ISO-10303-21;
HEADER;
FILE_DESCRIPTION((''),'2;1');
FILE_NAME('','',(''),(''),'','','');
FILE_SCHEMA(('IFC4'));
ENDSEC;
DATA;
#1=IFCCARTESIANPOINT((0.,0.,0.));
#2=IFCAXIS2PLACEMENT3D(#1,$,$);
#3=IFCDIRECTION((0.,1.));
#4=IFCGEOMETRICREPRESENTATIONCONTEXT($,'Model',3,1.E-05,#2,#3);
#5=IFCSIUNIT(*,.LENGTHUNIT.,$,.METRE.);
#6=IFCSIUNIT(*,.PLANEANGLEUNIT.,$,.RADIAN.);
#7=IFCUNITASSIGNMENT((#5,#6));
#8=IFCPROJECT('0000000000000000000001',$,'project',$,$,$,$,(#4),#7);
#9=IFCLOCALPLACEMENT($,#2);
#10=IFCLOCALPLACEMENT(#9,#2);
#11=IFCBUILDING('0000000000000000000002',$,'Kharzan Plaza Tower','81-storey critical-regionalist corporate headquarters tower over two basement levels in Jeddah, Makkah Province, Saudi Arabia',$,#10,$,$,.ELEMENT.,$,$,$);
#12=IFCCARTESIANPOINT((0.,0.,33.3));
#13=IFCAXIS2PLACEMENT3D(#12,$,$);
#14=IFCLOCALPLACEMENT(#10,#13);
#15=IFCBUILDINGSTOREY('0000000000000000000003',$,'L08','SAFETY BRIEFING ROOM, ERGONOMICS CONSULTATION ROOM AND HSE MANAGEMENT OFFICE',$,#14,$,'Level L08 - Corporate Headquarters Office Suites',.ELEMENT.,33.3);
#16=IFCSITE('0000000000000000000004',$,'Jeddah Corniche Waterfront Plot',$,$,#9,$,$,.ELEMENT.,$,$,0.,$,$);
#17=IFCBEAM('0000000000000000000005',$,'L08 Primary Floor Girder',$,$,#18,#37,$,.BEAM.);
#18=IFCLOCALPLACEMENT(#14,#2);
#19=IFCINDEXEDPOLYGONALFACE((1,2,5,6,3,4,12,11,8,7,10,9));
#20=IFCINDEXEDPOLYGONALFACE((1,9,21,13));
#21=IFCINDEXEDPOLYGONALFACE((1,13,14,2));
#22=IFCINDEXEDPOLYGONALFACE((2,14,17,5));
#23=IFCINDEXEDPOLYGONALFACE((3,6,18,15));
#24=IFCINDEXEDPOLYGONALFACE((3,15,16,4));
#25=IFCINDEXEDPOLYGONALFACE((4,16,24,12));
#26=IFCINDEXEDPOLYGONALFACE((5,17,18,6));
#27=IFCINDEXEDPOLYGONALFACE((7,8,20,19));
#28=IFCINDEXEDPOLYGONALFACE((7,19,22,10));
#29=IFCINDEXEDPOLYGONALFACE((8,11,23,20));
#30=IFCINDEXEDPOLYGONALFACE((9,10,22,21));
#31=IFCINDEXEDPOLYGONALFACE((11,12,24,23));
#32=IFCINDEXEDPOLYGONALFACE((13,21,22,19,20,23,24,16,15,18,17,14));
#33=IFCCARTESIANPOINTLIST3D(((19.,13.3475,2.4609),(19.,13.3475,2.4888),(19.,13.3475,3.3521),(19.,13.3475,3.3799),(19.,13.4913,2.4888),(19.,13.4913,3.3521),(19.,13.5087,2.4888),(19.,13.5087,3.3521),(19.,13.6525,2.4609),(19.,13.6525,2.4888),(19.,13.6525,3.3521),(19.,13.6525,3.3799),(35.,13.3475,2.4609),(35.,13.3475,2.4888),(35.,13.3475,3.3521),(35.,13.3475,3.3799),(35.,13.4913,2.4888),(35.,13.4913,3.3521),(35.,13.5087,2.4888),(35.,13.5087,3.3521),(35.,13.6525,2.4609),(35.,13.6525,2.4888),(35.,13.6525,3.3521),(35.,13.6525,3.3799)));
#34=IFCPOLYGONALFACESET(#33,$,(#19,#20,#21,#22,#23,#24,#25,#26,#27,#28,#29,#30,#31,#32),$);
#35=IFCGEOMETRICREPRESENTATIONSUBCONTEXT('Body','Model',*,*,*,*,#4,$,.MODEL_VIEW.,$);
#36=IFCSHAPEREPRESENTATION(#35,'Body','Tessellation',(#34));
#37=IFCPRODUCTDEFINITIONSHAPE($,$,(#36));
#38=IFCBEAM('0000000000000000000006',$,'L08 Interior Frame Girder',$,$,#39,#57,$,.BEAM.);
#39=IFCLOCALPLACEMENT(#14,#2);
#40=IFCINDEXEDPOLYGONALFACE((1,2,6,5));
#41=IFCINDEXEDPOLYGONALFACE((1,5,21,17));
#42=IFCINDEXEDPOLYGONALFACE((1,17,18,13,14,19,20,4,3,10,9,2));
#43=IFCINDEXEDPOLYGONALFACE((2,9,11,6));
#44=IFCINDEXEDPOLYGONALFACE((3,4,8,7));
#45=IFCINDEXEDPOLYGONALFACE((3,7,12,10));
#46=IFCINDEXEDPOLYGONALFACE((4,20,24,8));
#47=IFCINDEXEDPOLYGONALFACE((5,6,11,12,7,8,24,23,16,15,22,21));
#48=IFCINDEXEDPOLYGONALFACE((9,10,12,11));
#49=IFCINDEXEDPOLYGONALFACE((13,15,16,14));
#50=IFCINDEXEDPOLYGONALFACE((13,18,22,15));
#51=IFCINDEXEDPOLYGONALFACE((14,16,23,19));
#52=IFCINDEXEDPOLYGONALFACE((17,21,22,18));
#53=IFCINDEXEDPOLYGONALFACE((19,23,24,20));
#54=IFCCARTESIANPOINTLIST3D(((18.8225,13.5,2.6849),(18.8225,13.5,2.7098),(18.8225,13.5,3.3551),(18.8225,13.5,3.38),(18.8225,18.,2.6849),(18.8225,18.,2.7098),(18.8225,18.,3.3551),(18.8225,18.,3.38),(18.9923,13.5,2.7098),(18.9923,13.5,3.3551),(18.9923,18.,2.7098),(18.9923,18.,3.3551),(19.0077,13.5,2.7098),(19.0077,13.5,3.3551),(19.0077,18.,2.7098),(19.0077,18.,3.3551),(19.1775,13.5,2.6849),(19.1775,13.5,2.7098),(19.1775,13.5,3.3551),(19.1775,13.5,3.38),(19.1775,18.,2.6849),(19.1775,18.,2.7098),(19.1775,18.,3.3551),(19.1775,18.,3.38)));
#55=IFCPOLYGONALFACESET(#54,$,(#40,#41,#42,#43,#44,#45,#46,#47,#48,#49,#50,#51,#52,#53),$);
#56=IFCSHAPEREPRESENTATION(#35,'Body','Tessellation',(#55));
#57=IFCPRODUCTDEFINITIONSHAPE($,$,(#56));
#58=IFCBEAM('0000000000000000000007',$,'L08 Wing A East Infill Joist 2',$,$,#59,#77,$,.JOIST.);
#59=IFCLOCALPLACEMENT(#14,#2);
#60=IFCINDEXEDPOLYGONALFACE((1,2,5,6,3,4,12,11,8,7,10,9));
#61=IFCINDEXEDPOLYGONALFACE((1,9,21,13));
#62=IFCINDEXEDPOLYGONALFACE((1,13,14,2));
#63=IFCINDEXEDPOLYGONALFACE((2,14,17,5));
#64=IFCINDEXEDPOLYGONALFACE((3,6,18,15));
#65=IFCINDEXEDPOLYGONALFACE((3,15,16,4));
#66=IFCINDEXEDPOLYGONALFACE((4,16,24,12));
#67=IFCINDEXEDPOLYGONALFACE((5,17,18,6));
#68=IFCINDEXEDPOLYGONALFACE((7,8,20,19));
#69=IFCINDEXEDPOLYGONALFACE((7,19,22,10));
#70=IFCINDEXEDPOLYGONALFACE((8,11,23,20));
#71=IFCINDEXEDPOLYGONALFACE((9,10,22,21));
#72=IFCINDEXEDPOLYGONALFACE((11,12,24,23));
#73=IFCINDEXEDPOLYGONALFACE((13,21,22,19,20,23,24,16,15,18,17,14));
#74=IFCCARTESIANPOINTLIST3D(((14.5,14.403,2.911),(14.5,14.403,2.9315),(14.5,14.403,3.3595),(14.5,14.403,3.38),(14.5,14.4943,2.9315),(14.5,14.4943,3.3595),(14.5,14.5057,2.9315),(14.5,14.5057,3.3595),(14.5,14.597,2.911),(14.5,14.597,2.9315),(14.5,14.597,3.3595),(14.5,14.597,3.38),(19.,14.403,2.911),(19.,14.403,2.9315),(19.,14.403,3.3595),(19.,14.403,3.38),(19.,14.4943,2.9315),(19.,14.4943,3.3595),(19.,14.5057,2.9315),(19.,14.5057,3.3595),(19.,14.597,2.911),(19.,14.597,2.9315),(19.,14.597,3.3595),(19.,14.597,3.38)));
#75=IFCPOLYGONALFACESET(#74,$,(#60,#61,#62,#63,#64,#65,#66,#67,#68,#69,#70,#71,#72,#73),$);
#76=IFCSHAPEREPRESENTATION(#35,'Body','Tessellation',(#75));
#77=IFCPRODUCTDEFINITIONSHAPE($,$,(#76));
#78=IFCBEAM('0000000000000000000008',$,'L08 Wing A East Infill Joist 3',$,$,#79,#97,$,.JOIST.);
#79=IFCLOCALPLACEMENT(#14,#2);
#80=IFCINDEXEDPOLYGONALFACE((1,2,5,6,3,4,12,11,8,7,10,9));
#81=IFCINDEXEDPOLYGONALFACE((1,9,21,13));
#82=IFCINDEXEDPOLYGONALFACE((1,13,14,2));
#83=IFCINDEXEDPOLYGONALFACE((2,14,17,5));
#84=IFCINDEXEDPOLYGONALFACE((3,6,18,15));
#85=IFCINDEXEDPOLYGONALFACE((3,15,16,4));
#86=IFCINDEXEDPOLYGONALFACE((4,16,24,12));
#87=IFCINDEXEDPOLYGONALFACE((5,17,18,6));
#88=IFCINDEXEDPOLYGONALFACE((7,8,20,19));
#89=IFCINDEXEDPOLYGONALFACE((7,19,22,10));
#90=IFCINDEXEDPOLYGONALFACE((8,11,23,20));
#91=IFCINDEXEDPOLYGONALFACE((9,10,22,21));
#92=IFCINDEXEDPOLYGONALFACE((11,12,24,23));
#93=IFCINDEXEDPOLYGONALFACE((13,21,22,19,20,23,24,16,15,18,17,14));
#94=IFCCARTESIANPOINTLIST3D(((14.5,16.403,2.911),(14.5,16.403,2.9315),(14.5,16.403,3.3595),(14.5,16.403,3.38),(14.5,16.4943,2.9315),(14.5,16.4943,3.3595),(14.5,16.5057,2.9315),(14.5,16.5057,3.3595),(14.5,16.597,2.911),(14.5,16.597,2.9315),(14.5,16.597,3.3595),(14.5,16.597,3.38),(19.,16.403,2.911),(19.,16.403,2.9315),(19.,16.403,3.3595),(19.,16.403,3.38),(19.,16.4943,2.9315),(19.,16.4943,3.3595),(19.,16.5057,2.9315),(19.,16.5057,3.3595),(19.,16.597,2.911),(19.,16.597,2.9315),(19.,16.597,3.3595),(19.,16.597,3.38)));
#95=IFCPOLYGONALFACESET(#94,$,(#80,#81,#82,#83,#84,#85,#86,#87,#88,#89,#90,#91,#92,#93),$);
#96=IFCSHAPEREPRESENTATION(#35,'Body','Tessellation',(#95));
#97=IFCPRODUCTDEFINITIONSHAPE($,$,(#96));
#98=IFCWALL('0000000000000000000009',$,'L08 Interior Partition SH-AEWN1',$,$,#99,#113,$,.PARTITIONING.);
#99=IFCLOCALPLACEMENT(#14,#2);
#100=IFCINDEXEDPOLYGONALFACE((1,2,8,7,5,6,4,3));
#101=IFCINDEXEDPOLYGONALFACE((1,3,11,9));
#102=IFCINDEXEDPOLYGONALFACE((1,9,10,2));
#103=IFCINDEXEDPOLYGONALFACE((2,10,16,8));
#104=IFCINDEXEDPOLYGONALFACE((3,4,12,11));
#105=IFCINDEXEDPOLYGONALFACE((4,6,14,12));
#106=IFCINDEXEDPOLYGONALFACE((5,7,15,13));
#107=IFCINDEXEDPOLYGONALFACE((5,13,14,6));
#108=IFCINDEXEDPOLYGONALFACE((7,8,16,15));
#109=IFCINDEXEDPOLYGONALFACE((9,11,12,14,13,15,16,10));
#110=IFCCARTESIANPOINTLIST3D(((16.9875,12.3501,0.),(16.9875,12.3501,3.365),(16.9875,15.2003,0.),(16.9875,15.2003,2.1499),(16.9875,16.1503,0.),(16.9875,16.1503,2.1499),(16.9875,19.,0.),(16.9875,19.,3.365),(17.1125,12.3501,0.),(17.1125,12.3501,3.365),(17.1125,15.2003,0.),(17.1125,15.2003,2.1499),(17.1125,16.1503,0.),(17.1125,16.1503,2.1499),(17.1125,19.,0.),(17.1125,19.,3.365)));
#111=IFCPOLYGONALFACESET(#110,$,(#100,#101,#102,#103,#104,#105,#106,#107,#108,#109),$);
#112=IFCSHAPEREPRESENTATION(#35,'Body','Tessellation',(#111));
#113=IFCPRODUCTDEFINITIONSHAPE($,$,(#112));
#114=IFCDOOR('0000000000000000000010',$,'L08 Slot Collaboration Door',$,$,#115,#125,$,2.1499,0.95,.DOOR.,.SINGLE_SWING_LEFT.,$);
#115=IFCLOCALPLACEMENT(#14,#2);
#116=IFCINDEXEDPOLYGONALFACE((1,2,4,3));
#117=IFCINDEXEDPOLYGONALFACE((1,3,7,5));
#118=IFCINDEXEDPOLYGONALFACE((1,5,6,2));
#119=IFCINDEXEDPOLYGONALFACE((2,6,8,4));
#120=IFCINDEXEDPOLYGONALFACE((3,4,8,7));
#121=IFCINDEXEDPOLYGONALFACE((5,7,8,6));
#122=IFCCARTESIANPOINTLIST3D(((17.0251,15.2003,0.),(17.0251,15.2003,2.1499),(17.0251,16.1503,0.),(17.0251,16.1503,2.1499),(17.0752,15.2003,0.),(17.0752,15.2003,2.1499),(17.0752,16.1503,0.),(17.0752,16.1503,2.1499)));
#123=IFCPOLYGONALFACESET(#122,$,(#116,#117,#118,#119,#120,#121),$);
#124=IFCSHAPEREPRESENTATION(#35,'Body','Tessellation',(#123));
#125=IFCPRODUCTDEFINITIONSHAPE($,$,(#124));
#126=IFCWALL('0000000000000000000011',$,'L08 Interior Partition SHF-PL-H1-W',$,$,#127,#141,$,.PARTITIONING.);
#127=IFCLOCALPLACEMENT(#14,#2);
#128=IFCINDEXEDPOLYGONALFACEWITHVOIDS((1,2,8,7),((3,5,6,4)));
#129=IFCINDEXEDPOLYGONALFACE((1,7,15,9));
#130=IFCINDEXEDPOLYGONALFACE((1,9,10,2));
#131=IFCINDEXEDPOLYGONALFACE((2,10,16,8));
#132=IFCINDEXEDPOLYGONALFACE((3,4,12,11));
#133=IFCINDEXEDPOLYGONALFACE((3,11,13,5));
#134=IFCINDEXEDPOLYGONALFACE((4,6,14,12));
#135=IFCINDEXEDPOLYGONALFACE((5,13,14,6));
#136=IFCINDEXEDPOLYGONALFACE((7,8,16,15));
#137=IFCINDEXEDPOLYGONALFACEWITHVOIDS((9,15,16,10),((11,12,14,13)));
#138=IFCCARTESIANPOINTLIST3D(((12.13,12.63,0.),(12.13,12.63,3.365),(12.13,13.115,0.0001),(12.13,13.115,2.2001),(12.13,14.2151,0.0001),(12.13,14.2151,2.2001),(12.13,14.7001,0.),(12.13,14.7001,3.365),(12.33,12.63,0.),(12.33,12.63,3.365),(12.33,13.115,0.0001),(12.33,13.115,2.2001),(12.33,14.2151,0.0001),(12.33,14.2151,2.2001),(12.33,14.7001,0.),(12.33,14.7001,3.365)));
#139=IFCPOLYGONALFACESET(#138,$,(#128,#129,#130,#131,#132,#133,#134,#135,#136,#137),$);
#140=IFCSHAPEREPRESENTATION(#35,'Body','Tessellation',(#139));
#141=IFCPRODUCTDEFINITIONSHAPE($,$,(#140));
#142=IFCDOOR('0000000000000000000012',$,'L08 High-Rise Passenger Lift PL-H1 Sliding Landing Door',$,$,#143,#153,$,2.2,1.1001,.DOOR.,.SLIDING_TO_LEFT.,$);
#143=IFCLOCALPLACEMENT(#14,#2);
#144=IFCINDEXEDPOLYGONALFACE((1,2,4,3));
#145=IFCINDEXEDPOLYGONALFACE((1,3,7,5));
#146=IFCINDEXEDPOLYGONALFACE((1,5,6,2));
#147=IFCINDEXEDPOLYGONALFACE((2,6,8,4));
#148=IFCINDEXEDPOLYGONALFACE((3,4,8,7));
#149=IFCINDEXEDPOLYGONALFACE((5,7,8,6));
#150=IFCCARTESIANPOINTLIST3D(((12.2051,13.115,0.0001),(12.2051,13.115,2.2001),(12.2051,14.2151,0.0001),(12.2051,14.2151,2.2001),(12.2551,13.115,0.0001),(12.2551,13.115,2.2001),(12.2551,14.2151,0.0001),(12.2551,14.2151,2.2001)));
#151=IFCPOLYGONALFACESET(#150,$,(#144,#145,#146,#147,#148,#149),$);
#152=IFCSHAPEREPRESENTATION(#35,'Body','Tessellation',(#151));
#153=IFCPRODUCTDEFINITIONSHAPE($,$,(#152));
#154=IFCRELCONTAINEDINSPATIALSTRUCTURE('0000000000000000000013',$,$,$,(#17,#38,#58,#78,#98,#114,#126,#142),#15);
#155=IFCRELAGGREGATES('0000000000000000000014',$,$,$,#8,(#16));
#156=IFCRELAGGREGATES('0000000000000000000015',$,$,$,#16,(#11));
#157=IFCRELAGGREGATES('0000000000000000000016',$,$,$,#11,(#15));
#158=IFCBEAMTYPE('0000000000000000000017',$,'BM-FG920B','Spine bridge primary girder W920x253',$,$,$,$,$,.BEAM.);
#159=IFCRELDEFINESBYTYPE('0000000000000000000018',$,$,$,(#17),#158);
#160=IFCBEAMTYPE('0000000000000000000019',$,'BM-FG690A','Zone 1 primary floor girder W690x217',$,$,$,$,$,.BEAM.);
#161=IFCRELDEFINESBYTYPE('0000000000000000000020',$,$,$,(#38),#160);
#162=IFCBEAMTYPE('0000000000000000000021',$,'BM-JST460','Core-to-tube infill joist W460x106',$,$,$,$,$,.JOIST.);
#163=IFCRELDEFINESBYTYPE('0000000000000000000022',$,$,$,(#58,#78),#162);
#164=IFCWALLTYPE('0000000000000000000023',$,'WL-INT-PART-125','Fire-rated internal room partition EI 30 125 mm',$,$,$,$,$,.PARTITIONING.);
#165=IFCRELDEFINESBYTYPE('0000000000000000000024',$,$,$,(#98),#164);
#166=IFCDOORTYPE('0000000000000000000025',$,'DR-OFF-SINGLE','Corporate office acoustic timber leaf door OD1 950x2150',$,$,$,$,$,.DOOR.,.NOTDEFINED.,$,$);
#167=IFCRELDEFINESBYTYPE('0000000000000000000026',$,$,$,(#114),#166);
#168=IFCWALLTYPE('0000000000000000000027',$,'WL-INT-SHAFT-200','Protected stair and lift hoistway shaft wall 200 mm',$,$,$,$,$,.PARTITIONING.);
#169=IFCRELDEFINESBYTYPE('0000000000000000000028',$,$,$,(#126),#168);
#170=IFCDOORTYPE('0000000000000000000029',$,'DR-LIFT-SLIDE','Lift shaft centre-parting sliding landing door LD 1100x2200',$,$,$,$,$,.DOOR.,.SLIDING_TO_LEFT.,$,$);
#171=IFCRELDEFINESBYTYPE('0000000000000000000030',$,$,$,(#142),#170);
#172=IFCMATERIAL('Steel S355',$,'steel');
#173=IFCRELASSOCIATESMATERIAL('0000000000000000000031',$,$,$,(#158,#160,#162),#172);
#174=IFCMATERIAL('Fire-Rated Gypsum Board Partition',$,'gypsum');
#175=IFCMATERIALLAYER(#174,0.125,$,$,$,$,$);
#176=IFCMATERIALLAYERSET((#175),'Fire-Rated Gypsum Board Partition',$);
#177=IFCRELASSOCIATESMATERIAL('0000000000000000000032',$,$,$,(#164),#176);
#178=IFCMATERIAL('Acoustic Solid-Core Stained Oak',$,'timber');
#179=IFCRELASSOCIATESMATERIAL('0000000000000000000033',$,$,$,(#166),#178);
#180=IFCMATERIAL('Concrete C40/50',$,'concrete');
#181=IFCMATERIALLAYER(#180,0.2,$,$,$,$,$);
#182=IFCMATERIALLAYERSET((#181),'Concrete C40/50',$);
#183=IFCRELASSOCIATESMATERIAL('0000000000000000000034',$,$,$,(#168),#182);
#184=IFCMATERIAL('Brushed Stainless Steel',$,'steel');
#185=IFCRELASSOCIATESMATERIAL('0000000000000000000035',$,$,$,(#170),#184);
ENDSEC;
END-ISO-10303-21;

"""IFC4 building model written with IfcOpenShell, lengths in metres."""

from ifc_helpers import new_model, si_unit, direction, frame, frame_2d, origin, origin_2d, place, context, subcontext, project, spatial, rectangle, i_section, extrude, source, transform, mapped, material, layer, layer_set, material_profile, profile_set, type_object, element, fill, save


model = new_model("IFC4")

# Units and contexts
model_context = context("Model", 3, precision=1e-05, world=origin(), true_north=direction((0.0, 1.0)))
body_context = subcontext(model_context, "Body", "Model", "MODEL_VIEW")
ifc_project = project(units=[si_unit("LENGTHUNIT", "METRE"), si_unit("PLANEANGLEUNIT", "RADIAN")], contexts=[model_context])

# Site, building, storey
site_placement = place(None, origin())
site = spatial("IfcSite", under=ifc_project, at=site_placement, Name="Jeddah Corniche Waterfront Plot", CompositionType="ELEMENT", RefElevation=0.0)
building_placement = place(site_placement, origin())
building = spatial("IfcBuilding", under=site, at=building_placement, Name="Kharzan Plaza Tower", Description="81-storey critical-regionalist corporate headquarters tower over two basement levels in Jeddah, Makkah Province, Saudi Arabia", CompositionType="ELEMENT")
storey_placement = place(building_placement, frame((0.0, 0.0, 33.3)))
storey = spatial("IfcBuildingStorey", under=building, at=storey_placement, Name="L08", Description="SAFETY BRIEFING ROOM, ERGONOMICS CONSULTATION ROOM AND HSE MANAGEMENT OFFICE", LongName="Level L08 - Corporate Headquarters Office Suites", CompositionType="ELEMENT", Elevation=33.3)

# Beams
ifc_material_1 = material(Name="Steel S355", Category="steel")
ifc_material_profile_1 = material_profile(ifc_material_1, i_section(OverallWidth=0.3049, OverallDepth=0.9189, WebThickness=0.0173, FlangeThickness=0.0278, at=origin_2d()), Name="W920x253")
ifc_profile_set_1 = profile_set([ifc_material_profile_1], Name="Steel S355")
beam_type_1 = type_object("IfcBeamType", Name="BM-FG920B", Description="Spine bridge primary girder W920x253", PredefinedType="BEAM", material=ifc_profile_set_1)
shared_shape_1 = source(origin(), body_context, "Body", "SweptSolid", [
    extrude(i_section(OverallWidth=0.3049, OverallDepth=0.9189, WebThickness=0.0173, FlangeThickness=0.0278, at=origin_2d()), origin(), (0.0, 0.0, 1.0), 16.0),
])
beam_1_placement = place(storey_placement, frame((19.0, 13.5, 2.9204), z_axis=(1.0, 0.0, 0.0), x_axis=(0.0, 1.0, 0.0)))
element("IfcBeam", 1, at=beam_1_placement, inside=storey, type_object=beam_type_1, Name="L08 Primary Floor Girder", PredefinedType="BEAM", context=body_context, shape_type="MappedRepresentation", body=[
    mapped(shared_shape_1, transform((0.0, 0.0, 0.0), x_axis=(1.0, 0.0, 0.0), y_axis=(0.0, 1.0, 0.0), z_axis=(0.0, 0.0, 1.0))),
])
ifc_material_profile_2 = material_profile(ifc_material_1, i_section(OverallWidth=0.355, OverallDepth=0.6951, WebThickness=0.0154, FlangeThickness=0.0249, at=origin_2d()), Name="W690x217")
ifc_profile_set_2 = profile_set([ifc_material_profile_2], Name="Steel S355")
beam_type_2 = type_object("IfcBeamType", Name="BM-FG690A", Description="Zone 1 primary floor girder W690x217", PredefinedType="BEAM", material=ifc_profile_set_2)
shared_shape_2 = source(origin(), body_context, "Body", "SweptSolid", [
    extrude(i_section(OverallWidth=0.355, OverallDepth=0.6951, WebThickness=0.0154, FlangeThickness=0.0249, at=origin_2d()), origin(), (0.0, 0.0, 1.0), 4.5),
])
beam_2_placement = place(storey_placement, frame((19.0, 13.5, 3.0325), z_axis=(0.0, 1.0, 0.0), x_axis=(-1.0, 0.0, 0.0)))
element("IfcBeam", 2, at=beam_2_placement, inside=storey, type_object=beam_type_2, Name="L08 Interior Frame Girder", PredefinedType="BEAM", context=body_context, shape_type="MappedRepresentation", body=[
    mapped(shared_shape_2, transform((0.0, 0.0, 0.0), x_axis=(1.0, 0.0, 0.0), y_axis=(0.0, 1.0, 0.0), z_axis=(0.0, 0.0, 1.0))),
])
ifc_material_profile_3 = material_profile(ifc_material_1, i_section(OverallWidth=0.1941, OverallDepth=0.469, WebThickness=0.0115, FlangeThickness=0.0205, at=origin_2d()), Name="W460x106")
ifc_profile_set_3 = profile_set([ifc_material_profile_3], Name="Steel S355")
beam_type_3 = type_object("IfcBeamType", Name="BM-JST460", Description="Core-to-tube infill joist W460x106", PredefinedType="JOIST", material=ifc_profile_set_3)
shared_shape_3 = source(origin(), body_context, "Body", "SweptSolid", [
    extrude(i_section(OverallWidth=0.1941, OverallDepth=0.469, WebThickness=0.0115, FlangeThickness=0.0205, at=origin_2d()), origin(), (0.0, 0.0, 1.0), 4.5),
])
for number, where, z_axis, x_axis, name in (
    (3, (14.5, 14.5, 3.1455), (1.0, 0.0, 0.0), (0.0, 1.0, 0.0), "L08 Wing A East Infill Joist 2"),
    (4, (14.5, 16.5, 3.1455), (1.0, 0.0, 0.0), (0.0, 1.0, 0.0), "L08 Wing A East Infill Joist 3"),
):
    element("IfcBeam", number, at=place(storey_placement, frame(where, z_axis=z_axis, x_axis=x_axis)), inside=storey, type_object=beam_type_3, Name=name, PredefinedType="JOIST", context=body_context, shape_type="MappedRepresentation", body=[
        mapped(shared_shape_3, transform((0.0, 0.0, 0.0), x_axis=(1.0, 0.0, 0.0), y_axis=(0.0, 1.0, 0.0), z_axis=(0.0, 0.0, 1.0))),
    ])

# Walls, openings, doors
ifc_material_2 = material(Name="Fire-Rated Gypsum Board Partition", Category="gypsum")
ifc_layer_1 = layer(ifc_material_2, 0.125)
ifc_layer_set_1 = layer_set([ifc_layer_1], Name="Fire-Rated Gypsum Board Partition")
wall_type_1 = type_object("IfcWallType", Name="WL-INT-PART-125", Description="Fire-rated internal room partition EI 30 125 mm", PredefinedType="PARTITIONING", material=ifc_layer_set_1)
wall_1_placement = place(storey_placement, frame((17.05, 12.3501, 0.0), z_axis=(0.0, 0.0, 1.0), x_axis=(0.0, 1.0, 0.0)))
wall_1 = element("IfcWall", 5, at=wall_1_placement, inside=storey, type_object=wall_type_1, Name="L08 Interior Partition SH-AEWN1", PredefinedType="PARTITIONING", context=body_context, shape_type="SweptSolid", body=[
    extrude(rectangle(XDim=6.6499, YDim=0.125, at=frame_2d((3.325, 0.0))), origin(), (0.0, 0.0, 1.0), 3.365),
])
opening_1_placement = place(wall_1_placement, frame((2.8501, 0.0, 0.0)))
opening_1 = element("IfcOpeningElement", 6, at=opening_1_placement, cuts=wall_1, PredefinedType="OPENING", context=body_context, shape_type="SweptSolid", body=[
    extrude(rectangle(XDim=0.95, YDim=2.1499, at=frame_2d((0.4751, 1.075))), frame((0.0, 0.0725, 0.0), z_axis=(0.0, -1.0, 0.0), x_axis=(1.0, 0.0, 0.0)), (0.0, 0.0, 1.0), 0.145),
])
ifc_material_3 = material(Name="Acoustic Solid-Core Stained Oak", Category="timber")
door_type_1 = type_object("IfcDoorType", Name="DR-OFF-SINGLE", Description="Corporate office acoustic timber leaf door OD1 950x2150", OperationType="NOTDEFINED", PredefinedType="DOOR", material=ifc_material_3)
shared_shape_4 = source(origin(), body_context, "Body", "SweptSolid", [
    extrude(rectangle(XDim=0.95, YDim=2.1499, at=frame_2d((0.4751, 1.075))), frame((0.0, 0.0249, 0.0), z_axis=(0.0, -1.0, 0.0), x_axis=(1.0, 0.0, 0.0)), (0.0, 0.0, 1.0), 0.05),
])
door_1_placement = place(opening_1_placement, origin())
door_1 = element("IfcDoor", 7, at=door_1_placement, inside=storey, type_object=door_type_1, Name="L08 Slot Collaboration Door", OperationType="SINGLE_SWING_LEFT", OverallHeight=2.1499, OverallWidth=0.95, PredefinedType="DOOR", context=body_context, shape_type="MappedRepresentation", body=[
    mapped(shared_shape_4, transform((0.0, 0.0, 0.0), x_axis=(1.0, 0.0, 0.0), y_axis=(0.0, 1.0, 0.0), z_axis=(0.0, 0.0, 1.0))),
])
fill(opening_1, door_1)
ifc_material_4 = material(Name="Concrete C40/50", Category="concrete")
ifc_layer_2 = layer(ifc_material_4, 0.2)
ifc_layer_set_2 = layer_set([ifc_layer_2], Name="Concrete C40/50")
wall_type_2 = type_object("IfcWallType", Name="WL-INT-SHAFT-200", Description="Protected stair and lift hoistway shaft wall 200 mm", PredefinedType="PARTITIONING", material=ifc_layer_set_2)
wall_2_placement = place(storey_placement, frame((12.23, 12.6299, 0.0), z_axis=(0.0, 0.0, 1.0), x_axis=(0.0, 1.0, 0.0)))
wall_2 = element("IfcWall", 8, at=wall_2_placement, inside=storey, type_object=wall_type_2, Name="L08 Interior Partition SHF-PL-H1-W", PredefinedType="PARTITIONING", context=body_context, shape_type="SweptSolid", body=[
    extrude(rectangle(XDim=2.0701, YDim=0.2, at=frame_2d((1.0352, 0.0))), origin(), (0.0, 0.0, 1.0), 3.365),
])
opening_2_placement = place(wall_2_placement, frame((0.4851, 0.0, 0.0)))
opening_2 = element("IfcOpeningElement", 9, at=opening_2_placement, cuts=wall_2, PredefinedType="OPENING", context=body_context, shape_type="SweptSolid", body=[
    extrude(rectangle(XDim=1.1001, YDim=2.2, at=frame_2d((0.55, 1.1001))), frame((0.0, 0.1099, 0.0), z_axis=(0.0, -1.0, 0.0), x_axis=(1.0, 0.0, 0.0)), (0.0, 0.0, 1.0), 0.22),
])
ifc_material_5 = material(Name="Brushed Stainless Steel", Category="steel")
door_type_2 = type_object("IfcDoorType", Name="DR-LIFT-SLIDE", Description="Lift shaft centre-parting sliding landing door LD 1100x2200", OperationType="SLIDING_TO_LEFT", PredefinedType="DOOR", material=ifc_material_5)
shared_shape_5 = source(origin(), body_context, "Body", "SweptSolid", [
    extrude(rectangle(XDim=1.1001, YDim=2.2, at=frame_2d((0.55, 1.1001))), frame((0.0, 0.0249, 0.0), z_axis=(0.0, -1.0, 0.0), x_axis=(1.0, 0.0, 0.0)), (0.0, 0.0, 1.0), 0.05),
])
door_2_placement = place(opening_2_placement, origin())
door_2 = element("IfcDoor", 10, at=door_2_placement, inside=storey, type_object=door_type_2, Name="L08 High-Rise Passenger Lift PL-H1 Sliding Landing Door", OperationType="SLIDING_TO_LEFT", OverallHeight=2.2, OverallWidth=1.1001, PredefinedType="DOOR", context=body_context, shape_type="MappedRepresentation", body=[
    mapped(shared_shape_5, transform((0.0, 0.0, 0.0), x_axis=(1.0, 0.0, 0.0), y_axis=(0.0, 1.0, 0.0), z_axis=(0.0, 0.0, 1.0))),
])
fill(opening_2, door_2)

save(model, "model.ifc")
